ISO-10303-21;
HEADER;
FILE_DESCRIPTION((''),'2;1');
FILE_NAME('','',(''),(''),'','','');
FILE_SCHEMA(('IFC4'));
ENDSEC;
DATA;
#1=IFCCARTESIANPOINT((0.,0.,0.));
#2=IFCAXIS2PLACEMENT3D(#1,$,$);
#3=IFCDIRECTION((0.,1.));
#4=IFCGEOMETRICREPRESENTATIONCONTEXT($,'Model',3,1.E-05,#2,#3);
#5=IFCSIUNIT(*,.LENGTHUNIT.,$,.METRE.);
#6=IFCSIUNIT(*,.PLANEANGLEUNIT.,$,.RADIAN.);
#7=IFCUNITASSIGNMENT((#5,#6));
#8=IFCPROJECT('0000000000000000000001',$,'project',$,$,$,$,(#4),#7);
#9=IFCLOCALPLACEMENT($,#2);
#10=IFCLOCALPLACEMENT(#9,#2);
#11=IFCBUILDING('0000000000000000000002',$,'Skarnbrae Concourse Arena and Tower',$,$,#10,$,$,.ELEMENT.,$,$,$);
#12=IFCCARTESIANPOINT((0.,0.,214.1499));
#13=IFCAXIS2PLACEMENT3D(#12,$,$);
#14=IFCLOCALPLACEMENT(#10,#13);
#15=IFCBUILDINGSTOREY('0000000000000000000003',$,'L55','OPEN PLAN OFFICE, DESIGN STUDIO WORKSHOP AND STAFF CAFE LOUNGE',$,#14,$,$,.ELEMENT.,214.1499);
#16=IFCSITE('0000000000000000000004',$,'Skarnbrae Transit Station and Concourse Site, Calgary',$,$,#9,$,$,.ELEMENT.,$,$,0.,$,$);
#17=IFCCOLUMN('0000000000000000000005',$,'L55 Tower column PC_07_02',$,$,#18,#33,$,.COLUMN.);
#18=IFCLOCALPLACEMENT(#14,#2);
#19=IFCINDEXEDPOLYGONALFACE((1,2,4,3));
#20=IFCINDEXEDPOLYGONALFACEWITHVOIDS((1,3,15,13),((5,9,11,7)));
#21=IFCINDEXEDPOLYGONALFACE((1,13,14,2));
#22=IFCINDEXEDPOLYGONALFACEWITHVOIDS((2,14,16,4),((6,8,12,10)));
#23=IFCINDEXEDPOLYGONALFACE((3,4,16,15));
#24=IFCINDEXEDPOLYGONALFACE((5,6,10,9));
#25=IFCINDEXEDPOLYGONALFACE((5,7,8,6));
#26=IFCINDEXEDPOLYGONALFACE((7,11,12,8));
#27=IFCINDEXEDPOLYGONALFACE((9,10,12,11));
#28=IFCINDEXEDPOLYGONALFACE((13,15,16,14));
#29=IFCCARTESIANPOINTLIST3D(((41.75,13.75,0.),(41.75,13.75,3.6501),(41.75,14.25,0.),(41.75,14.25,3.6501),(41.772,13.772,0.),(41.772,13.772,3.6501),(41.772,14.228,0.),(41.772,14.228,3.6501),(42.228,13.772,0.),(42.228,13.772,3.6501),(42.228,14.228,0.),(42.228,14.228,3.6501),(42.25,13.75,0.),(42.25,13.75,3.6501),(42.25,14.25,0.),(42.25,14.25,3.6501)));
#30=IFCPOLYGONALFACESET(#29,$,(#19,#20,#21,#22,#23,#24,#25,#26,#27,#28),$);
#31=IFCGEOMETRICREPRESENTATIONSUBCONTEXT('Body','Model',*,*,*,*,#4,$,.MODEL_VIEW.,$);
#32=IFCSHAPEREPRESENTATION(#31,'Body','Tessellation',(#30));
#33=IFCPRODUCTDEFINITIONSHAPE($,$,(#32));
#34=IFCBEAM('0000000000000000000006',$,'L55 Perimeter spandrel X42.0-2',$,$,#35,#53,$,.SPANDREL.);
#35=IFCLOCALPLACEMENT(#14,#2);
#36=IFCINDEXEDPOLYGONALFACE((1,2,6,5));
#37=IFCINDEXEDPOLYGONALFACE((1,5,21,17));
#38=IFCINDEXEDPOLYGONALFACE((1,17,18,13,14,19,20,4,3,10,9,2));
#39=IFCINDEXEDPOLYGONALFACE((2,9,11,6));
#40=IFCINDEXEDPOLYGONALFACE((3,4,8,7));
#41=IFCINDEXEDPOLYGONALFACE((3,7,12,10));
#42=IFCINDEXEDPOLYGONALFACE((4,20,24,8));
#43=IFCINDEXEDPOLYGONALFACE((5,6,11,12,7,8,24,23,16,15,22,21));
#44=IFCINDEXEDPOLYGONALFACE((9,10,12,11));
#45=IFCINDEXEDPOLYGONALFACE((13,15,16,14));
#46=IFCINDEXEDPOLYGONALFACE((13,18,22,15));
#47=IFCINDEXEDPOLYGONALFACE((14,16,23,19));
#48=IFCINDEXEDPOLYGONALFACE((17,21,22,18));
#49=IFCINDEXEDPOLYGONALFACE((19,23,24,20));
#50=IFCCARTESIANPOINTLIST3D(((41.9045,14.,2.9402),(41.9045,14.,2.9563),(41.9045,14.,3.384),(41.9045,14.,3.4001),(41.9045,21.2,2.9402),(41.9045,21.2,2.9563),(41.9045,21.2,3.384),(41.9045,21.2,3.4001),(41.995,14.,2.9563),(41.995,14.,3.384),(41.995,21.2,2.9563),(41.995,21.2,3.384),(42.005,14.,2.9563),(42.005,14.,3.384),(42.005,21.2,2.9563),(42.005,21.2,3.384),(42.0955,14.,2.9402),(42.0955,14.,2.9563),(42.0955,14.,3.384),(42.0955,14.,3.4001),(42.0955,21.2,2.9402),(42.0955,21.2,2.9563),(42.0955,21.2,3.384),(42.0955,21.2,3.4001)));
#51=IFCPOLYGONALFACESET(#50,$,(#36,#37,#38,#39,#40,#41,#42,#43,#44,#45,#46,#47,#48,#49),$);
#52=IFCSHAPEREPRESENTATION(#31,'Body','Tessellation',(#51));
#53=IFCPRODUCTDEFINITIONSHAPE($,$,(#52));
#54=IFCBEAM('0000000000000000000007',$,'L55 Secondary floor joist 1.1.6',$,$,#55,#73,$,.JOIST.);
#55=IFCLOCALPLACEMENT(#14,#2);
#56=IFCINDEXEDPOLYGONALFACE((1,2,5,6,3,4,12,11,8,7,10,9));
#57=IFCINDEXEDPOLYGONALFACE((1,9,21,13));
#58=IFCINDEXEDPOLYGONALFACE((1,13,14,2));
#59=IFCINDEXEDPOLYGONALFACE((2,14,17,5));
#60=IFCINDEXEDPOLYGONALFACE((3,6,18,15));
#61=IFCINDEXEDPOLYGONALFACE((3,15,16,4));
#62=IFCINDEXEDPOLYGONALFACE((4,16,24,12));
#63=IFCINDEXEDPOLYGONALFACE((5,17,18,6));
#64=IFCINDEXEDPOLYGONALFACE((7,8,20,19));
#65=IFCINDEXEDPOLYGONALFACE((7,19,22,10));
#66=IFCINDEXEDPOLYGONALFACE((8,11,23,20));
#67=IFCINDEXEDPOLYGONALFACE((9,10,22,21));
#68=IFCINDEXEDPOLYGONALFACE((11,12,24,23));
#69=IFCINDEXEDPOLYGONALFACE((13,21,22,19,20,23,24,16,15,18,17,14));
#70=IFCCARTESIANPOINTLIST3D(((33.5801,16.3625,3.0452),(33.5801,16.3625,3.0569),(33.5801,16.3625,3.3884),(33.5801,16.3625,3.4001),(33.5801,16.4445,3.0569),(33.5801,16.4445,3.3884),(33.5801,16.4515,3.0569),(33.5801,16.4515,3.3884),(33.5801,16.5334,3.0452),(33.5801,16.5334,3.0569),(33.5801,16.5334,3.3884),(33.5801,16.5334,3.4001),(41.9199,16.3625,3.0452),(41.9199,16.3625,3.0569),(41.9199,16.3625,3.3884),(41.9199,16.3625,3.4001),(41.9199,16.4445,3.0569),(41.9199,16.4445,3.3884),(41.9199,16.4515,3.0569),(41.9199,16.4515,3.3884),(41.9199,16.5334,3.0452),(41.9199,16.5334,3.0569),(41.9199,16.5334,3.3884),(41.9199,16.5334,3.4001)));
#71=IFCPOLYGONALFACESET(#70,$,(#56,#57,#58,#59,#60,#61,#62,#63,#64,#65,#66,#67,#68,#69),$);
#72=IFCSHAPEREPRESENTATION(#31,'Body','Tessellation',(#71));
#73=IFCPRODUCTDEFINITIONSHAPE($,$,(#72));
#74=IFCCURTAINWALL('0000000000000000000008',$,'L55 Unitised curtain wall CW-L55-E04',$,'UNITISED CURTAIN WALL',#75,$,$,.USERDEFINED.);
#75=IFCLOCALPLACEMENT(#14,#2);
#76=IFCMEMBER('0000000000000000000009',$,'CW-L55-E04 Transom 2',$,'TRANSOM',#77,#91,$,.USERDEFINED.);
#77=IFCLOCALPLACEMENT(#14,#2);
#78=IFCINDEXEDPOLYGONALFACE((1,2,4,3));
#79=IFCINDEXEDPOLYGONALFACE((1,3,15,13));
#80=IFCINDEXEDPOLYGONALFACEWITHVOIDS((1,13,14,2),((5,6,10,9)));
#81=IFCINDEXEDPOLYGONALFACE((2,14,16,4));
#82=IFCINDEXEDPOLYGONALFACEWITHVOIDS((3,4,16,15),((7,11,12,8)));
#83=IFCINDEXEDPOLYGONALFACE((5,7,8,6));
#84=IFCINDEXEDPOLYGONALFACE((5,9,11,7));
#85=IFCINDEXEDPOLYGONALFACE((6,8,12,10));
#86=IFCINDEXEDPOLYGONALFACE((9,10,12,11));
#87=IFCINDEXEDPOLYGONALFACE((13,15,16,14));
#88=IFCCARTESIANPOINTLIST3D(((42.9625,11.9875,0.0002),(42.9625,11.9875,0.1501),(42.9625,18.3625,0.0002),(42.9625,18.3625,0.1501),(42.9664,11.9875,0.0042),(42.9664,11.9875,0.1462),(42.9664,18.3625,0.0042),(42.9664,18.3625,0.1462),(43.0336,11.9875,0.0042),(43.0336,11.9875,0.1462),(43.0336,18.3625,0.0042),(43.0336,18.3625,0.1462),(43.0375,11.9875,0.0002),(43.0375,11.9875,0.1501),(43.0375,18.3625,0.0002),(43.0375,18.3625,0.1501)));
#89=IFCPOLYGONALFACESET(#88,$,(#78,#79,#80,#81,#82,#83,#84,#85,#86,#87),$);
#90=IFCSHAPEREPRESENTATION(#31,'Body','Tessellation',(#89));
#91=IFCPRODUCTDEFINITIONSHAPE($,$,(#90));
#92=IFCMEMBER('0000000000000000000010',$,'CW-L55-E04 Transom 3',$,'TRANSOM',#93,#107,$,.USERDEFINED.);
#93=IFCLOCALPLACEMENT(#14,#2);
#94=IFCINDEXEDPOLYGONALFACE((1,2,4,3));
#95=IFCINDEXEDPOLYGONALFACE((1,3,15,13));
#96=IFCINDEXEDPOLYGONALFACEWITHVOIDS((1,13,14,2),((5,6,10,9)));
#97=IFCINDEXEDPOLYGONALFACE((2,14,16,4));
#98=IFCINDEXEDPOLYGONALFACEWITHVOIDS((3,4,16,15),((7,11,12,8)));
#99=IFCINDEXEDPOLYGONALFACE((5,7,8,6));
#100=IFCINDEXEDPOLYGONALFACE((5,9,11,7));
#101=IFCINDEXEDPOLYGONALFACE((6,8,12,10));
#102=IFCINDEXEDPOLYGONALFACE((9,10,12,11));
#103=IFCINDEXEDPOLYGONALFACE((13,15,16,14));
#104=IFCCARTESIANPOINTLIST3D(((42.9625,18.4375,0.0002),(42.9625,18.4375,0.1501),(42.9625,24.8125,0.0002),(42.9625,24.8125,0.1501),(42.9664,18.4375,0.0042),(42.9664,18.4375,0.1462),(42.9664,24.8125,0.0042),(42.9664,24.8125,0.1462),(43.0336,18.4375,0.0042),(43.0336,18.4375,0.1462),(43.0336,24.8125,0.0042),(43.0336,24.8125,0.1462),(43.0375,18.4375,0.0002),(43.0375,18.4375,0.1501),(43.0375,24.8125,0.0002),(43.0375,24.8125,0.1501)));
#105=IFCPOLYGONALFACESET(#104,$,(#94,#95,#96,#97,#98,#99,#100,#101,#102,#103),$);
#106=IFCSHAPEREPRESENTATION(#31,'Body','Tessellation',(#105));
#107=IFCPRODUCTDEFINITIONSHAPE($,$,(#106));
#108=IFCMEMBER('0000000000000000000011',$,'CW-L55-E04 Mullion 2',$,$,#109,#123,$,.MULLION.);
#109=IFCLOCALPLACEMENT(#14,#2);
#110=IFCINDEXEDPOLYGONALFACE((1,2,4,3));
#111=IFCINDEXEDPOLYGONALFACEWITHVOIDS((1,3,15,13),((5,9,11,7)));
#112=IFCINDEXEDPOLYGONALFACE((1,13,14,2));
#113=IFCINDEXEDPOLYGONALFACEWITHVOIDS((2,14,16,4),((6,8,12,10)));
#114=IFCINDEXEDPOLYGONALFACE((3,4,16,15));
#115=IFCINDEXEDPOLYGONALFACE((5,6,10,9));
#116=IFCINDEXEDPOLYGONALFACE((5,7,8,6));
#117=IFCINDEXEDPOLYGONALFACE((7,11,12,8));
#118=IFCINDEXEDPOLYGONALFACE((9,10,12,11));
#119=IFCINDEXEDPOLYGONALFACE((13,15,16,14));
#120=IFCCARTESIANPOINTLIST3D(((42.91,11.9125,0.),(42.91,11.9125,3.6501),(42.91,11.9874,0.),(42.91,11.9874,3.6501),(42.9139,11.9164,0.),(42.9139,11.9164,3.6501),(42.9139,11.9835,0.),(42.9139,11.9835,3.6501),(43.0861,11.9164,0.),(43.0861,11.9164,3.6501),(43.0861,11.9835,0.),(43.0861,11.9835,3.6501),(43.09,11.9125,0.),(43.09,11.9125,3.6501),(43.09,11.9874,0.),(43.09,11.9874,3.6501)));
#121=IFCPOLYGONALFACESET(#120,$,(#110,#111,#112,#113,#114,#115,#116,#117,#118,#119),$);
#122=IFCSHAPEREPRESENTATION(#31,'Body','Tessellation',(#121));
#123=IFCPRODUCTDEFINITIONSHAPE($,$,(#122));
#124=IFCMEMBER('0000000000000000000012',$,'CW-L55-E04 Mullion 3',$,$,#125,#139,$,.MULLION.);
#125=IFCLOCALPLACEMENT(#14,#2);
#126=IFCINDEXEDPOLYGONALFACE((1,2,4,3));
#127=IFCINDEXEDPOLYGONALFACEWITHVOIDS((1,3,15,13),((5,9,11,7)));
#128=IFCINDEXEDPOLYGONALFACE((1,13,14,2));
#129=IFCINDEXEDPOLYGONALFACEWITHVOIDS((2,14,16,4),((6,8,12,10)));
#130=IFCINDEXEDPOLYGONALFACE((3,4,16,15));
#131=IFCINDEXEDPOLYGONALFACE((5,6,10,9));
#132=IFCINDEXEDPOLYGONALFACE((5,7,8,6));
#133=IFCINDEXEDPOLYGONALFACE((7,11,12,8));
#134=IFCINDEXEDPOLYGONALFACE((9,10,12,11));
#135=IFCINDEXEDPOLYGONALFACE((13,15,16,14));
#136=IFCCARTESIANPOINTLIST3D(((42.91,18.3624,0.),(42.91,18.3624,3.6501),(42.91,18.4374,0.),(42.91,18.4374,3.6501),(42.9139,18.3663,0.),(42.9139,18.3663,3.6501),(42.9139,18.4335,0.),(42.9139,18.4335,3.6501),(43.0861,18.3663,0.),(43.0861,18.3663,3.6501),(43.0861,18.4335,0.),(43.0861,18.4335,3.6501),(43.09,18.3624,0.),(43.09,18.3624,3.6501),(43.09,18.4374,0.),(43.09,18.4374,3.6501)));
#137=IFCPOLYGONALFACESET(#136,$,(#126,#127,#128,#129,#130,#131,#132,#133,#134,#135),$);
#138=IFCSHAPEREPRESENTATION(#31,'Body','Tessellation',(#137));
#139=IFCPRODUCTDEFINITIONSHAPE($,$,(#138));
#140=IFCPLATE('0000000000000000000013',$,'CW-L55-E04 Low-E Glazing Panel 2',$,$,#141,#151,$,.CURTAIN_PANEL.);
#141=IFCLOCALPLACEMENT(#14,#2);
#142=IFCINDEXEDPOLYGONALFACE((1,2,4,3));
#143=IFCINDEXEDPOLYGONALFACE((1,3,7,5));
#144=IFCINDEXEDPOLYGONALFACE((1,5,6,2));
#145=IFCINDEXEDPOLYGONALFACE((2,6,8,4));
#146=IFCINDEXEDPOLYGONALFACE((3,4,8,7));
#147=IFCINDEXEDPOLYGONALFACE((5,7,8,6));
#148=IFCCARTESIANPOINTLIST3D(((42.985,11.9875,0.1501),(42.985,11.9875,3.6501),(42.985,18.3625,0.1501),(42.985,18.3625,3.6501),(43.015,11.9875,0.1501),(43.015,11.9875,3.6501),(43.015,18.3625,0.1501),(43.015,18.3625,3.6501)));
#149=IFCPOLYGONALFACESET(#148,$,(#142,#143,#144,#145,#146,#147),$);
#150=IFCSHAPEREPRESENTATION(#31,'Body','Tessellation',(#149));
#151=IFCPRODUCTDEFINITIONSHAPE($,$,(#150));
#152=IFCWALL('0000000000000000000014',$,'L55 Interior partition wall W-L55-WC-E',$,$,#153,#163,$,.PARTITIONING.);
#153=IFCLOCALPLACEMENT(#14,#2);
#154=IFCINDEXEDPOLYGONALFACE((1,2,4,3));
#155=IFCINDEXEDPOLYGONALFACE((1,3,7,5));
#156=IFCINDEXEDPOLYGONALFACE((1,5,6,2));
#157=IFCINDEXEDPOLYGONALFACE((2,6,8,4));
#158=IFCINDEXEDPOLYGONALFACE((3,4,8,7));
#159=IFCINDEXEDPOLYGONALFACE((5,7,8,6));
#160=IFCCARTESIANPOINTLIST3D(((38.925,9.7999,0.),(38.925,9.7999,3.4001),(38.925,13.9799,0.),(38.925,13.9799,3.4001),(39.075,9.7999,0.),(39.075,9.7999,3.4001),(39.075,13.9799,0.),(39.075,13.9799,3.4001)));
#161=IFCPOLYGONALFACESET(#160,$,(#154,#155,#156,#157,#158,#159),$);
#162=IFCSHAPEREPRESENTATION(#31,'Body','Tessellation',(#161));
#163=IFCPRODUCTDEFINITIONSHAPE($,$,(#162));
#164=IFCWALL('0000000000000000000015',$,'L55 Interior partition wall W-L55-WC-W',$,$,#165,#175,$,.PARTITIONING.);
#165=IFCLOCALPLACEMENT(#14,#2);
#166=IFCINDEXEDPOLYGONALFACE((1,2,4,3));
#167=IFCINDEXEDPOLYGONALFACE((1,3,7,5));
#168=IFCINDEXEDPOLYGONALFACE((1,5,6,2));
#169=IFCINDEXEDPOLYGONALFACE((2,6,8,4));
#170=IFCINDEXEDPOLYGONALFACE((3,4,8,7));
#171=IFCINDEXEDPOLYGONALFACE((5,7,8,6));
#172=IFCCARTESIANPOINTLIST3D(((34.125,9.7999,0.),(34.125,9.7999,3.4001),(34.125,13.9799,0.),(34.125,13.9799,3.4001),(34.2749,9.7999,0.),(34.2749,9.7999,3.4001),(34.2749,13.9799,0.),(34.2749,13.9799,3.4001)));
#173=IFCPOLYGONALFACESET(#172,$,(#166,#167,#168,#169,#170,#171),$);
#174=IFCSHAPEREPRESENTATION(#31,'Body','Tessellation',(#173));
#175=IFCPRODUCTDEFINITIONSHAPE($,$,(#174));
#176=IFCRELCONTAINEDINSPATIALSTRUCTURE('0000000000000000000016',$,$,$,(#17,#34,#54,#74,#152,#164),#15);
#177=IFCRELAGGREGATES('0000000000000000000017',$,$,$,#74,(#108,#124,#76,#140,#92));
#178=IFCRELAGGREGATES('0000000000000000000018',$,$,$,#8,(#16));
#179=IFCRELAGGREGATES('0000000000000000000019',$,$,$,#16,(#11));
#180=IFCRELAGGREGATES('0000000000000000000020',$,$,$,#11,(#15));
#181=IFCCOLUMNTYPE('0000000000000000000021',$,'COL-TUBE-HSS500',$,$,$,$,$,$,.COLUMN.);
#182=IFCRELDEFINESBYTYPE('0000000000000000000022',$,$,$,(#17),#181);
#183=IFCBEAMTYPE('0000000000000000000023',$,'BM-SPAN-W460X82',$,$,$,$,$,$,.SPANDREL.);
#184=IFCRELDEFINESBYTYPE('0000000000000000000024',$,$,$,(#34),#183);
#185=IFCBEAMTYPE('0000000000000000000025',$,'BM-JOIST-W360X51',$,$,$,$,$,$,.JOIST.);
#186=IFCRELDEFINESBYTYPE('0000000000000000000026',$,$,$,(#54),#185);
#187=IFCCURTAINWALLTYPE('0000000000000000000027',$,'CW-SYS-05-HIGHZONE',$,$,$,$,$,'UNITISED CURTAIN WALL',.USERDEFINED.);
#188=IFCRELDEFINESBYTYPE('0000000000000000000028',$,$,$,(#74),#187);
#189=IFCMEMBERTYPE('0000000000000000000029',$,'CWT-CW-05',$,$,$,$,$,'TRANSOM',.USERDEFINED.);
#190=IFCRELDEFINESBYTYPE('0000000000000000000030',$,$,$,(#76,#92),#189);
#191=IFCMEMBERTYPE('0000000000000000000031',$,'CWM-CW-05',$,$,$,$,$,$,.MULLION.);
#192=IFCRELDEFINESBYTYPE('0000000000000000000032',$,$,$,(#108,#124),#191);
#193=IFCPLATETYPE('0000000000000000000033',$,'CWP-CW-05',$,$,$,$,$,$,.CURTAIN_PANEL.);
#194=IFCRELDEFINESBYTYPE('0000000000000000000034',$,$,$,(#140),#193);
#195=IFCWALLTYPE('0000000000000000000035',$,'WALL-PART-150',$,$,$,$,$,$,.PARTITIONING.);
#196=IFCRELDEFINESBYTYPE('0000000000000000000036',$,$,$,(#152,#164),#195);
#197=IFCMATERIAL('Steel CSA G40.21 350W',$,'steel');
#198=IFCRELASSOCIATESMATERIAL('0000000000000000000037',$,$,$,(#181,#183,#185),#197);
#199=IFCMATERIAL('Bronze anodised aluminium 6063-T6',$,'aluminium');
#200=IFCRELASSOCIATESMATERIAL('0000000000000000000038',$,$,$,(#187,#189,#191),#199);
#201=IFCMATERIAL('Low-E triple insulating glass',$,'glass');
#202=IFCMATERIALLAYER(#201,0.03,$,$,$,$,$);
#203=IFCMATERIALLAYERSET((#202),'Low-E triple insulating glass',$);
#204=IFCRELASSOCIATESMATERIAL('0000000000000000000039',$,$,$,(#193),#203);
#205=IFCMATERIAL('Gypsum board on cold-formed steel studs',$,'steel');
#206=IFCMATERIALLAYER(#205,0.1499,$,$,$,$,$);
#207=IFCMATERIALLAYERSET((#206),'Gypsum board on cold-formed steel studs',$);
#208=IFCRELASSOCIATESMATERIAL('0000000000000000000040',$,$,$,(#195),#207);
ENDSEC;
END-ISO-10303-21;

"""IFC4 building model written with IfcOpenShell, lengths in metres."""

from ifc_helpers import new_model, si_unit, direction, frame, frame_2d, origin, origin_2d, place, context, subcontext, project, spatial, rectangle, hollow_rectangle, i_section, extrude, source, transform, mapped, material, layer, layer_set, material_profile, profile_set, type_object, element, aggregate, save


model = new_model("IFC4")

# Units and contexts
model_context = context("Model", 3, precision=1e-05, world=origin(), true_north=direction((0.0, 1.0)))
body_context = subcontext(model_context, "Body", "Model", "MODEL_VIEW")
ifc_project = project(units=[si_unit("LENGTHUNIT", "METRE"), si_unit("PLANEANGLEUNIT", "RADIAN")], contexts=[model_context])

# Site, building, storey
site_placement = place(None, origin())
site = spatial("IfcSite", under=ifc_project, at=site_placement, Name="Skarnbrae Transit Station and Concourse Site, Calgary", CompositionType="ELEMENT", RefElevation=0.0)
building_placement = place(site_placement, origin())
building = spatial("IfcBuilding", under=site, at=building_placement, Name="Skarnbrae Concourse Arena and Tower", CompositionType="ELEMENT")
storey_placement = place(building_placement, frame((0.0, 0.0, 214.1499)))
storey = spatial("IfcBuildingStorey", under=building, at=storey_placement, Name="L55", Description="OPEN PLAN OFFICE, DESIGN STUDIO WORKSHOP AND STAFF CAFE LOUNGE", CompositionType="ELEMENT", Elevation=214.1499)

# Column
ifc_material_1 = material(Name="Steel CSA G40.21 350W", Category="steel")
ifc_material_profile_1 = material_profile(ifc_material_1, hollow_rectangle(XDim=0.5, YDim=0.5, WallThickness=0.022, at=origin_2d()), Name="HSS500X500X22.0")
ifc_profile_set_1 = profile_set([ifc_material_profile_1], Name="Steel CSA G40.21 350W")
column_type = type_object("IfcColumnType", Name="COL-TUBE-HSS500", PredefinedType="COLUMN", material=ifc_profile_set_1)
shared_shape_1 = source(origin(), body_context, "Body", "SweptSolid", [
    extrude(hollow_rectangle(XDim=0.5, YDim=0.5, WallThickness=0.022, at=origin_2d()), origin(), (0.0, 0.0, 1.0), 3.6501),
])
column_placement = place(storey_placement, frame((42.0, 14.0, 0.0), z_axis=(0.0, 0.0, 1.0), x_axis=(1.0, 0.0, 0.0)))
element("IfcColumn", 1, at=column_placement, inside=storey, type_object=column_type, Name="L55 Tower column PC_07_02", PredefinedType="COLUMN", context=body_context, shape_type="MappedRepresentation", body=[
    mapped(shared_shape_1, transform((0.0, 0.0, 0.0))),
])

# Beams
ifc_material_profile_2 = material_profile(ifc_material_1, i_section(OverallWidth=0.1909, OverallDepth=0.46, WebThickness=0.01, FlangeThickness=0.0161, at=origin_2d()), Name="W460X82")
ifc_profile_set_2 = profile_set([ifc_material_profile_2], Name="Steel CSA G40.21 350W")
beam_type_1 = type_object("IfcBeamType", Name="BM-SPAN-W460X82", PredefinedType="SPANDREL", material=ifc_profile_set_2)
shared_shape_2 = source(origin(), body_context, "Body", "SweptSolid", [
    extrude(i_section(OverallWidth=0.1909, OverallDepth=0.46, WebThickness=0.01, FlangeThickness=0.0161, at=origin_2d()), origin(), (0.0, 0.0, 1.0), 7.2),
])
beam_1_placement = place(storey_placement, frame((42.0, 14.0, 3.1702), z_axis=(0.0, 1.0, 0.0), x_axis=(-1.0, 0.0, 0.0)))
element("IfcBeam", 2, at=beam_1_placement, inside=storey, type_object=beam_type_1, Name="L55 Perimeter spandrel X42.0-2", PredefinedType="SPANDREL", context=body_context, shape_type="MappedRepresentation", body=[
    mapped(shared_shape_2, transform((0.0, 0.0, 0.0))),
])
ifc_material_profile_3 = material_profile(ifc_material_1, i_section(OverallWidth=0.1709, OverallDepth=0.355, WebThickness=0.0071, FlangeThickness=0.0117, at=origin_2d()), Name="W360X51")
ifc_profile_set_3 = profile_set([ifc_material_profile_3], Name="Steel CSA G40.21 350W")
beam_type_2 = type_object("IfcBeamType", Name="BM-JOIST-W360X51", PredefinedType="JOIST", material=ifc_profile_set_3)
shared_shape_3 = source(origin(), body_context, "Body", "SweptSolid", [
    extrude(i_section(OverallWidth=0.1709, OverallDepth=0.355, WebThickness=0.0071, FlangeThickness=0.0117, at=origin_2d()), origin(), (0.0, 0.0, 1.0), 8.3398),
])
beam_2_placement = place(storey_placement, frame((33.5801, 16.448, 3.2227), z_axis=(1.0, 0.0, 0.0), x_axis=(0.0, 1.0, 0.0)))
element("IfcBeam", 3, at=beam_2_placement, inside=storey, type_object=beam_type_2, Name="L55 Secondary floor joist 1.1.6", PredefinedType="JOIST", context=body_context, shape_type="MappedRepresentation", body=[
    mapped(shared_shape_3, transform((0.0, 0.0, 0.0))),
])

# Curtain wall, members, plate
ifc_material_2 = material(Name="Bronze anodised aluminium 6063-T6", Category="aluminium")
curtain_wall_type = type_object("IfcCurtainWallType", Name="CW-SYS-05-HIGHZONE", ElementType="UNITISED CURTAIN WALL", PredefinedType="USERDEFINED", material=ifc_material_2)
curtain_wall_placement = place(storey_placement, origin())
curtain_wall = element("IfcCurtainWall", 4, at=curtain_wall_placement, inside=storey, type_object=curtain_wall_type, Name="L55 Unitised curtain wall CW-L55-E04", ObjectType="UNITISED CURTAIN WALL", PredefinedType="USERDEFINED")
ifc_material_profile_4 = material_profile(ifc_material_2, hollow_rectangle(XDim=0.075, YDim=0.1499, WallThickness=0.0039, at=origin_2d()), Name="ALU-TRAN-75X150")
ifc_profile_set_4 = profile_set([ifc_material_profile_4], Name="Bronze anodised aluminium 6063-T6")
member_type_1 = type_object("IfcMemberType", Name="CWT-CW-05", ElementType="TRANSOM", PredefinedType="USERDEFINED", material=ifc_profile_set_4)
shared_shape_4 = source(origin(), body_context, "Body", "SweptSolid", [
    extrude(hollow_rectangle(XDim=0.075, YDim=0.1499, WallThickness=0.0039, at=origin_2d()), origin(), (0.0, 0.0, 1.0), 6.375),
])
member_1_placement = place(storey_placement, frame((43.0, 11.9875, 0.0752), z_axis=(0.0, 1.0, 0.0), x_axis=(-1.0, 0.0, 0.0)))
member_1 = element("IfcMember", 5, at=member_1_placement, type_object=member_type_1, Name="CW-L55-E04 Transom 2", ObjectType="TRANSOM", PredefinedType="USERDEFINED", context=body_context, shape_type="MappedRepresentation", body=[
    mapped(shared_shape_4, transform((0.0, 0.0, 0.0))),
])
member_2_placement = place(storey_placement, frame((43.0, 18.4375, 0.0752), z_axis=(0.0, 1.0, 0.0), x_axis=(-1.0, 0.0, 0.0)))
member_2 = element("IfcMember", 6, at=member_2_placement, type_object=member_type_1, Name="CW-L55-E04 Transom 3", ObjectType="TRANSOM", PredefinedType="USERDEFINED", context=body_context, shape_type="MappedRepresentation", body=[
    mapped(shared_shape_4, transform((0.0, 0.0, 0.0))),
])
ifc_material_profile_5 = material_profile(ifc_material_2, hollow_rectangle(XDim=0.075, YDim=0.1799, WallThickness=0.0039, at=origin_2d()), Name="ALU-MULL-75X180")
ifc_profile_set_5 = profile_set([ifc_material_profile_5], Name="Bronze anodised aluminium 6063-T6")
member_type_2 = type_object("IfcMemberType", Name="CWM-CW-05", PredefinedType="MULLION", material=ifc_profile_set_5)
shared_shape_5 = source(origin(), body_context, "Body", "SweptSolid", [
    extrude(hollow_rectangle(XDim=0.075, YDim=0.1799, WallThickness=0.0039, at=origin_2d()), origin(), (0.0, 0.0, 1.0), 3.6501),
])
member_3_placement = place(storey_placement, frame((43.0, 11.95, 0.0), z_axis=(0.0, 0.0, 1.0), x_axis=(0.0, 1.0, 0.0)))
member_3 = element("IfcMember", 7, at=member_3_placement, type_object=member_type_2, Name="CW-L55-E04 Mullion 2", PredefinedType="MULLION", context=body_context, shape_type="MappedRepresentation", body=[
    mapped(shared_shape_5, transform((0.0, 0.0, 0.0))),
])
member_4_placement = place(storey_placement, frame((43.0, 18.3999, 0.0), z_axis=(0.0, 0.0, 1.0), x_axis=(0.0, 1.0, 0.0)))
member_4 = element("IfcMember", 8, at=member_4_placement, type_object=member_type_2, Name="CW-L55-E04 Mullion 3", PredefinedType="MULLION", context=body_context, shape_type="MappedRepresentation", body=[
    mapped(shared_shape_5, transform((0.0, 0.0, 0.0))),
])
ifc_material_3 = material(Name="Low-E triple insulating glass", Category="glass")
ifc_layer_1 = layer(ifc_material_3, 0.03)
ifc_layer_set_1 = layer_set([ifc_layer_1], Name="Low-E triple insulating glass")
plate_type = type_object("IfcPlateType", Name="CWP-CW-05", PredefinedType="CURTAIN_PANEL", material=ifc_layer_set_1)
shared_shape_6 = source(origin(), body_context, "Body", "SweptSolid", [
    extrude(rectangle(XDim=6.375, YDim=0.03, at=origin_2d()), origin(), (0.0, 0.0, 1.0), 3.5),
])
plate_placement = place(storey_placement, frame((43.0, 15.175, 0.1501), z_axis=(0.0, 0.0, 1.0), x_axis=(0.0, 1.0, 0.0)))
plate = element("IfcPlate", 9, at=plate_placement, type_object=plate_type, Name="CW-L55-E04 Low-E Glazing Panel 2", PredefinedType="CURTAIN_PANEL", context=body_context, shape_type="MappedRepresentation", body=[
    mapped(shared_shape_6, transform((0.0, 0.0, 0.0))),
])
aggregate(curtain_wall, [member_3, member_4, member_1, plate, member_2])

# Walls
ifc_material_4 = material(Name="Gypsum board on cold-formed steel studs", Category="steel")
ifc_layer_2 = layer(ifc_material_4, 0.1499)
ifc_layer_set_2 = layer_set([ifc_layer_2], Name="Gypsum board on cold-formed steel studs")
wall_type_1 = type_object("IfcWallType", Name="WALL-PART-150", PredefinedType="PARTITIONING", material=ifc_layer_set_2)
shared_shape_7 = source(origin(), body_context, "Body", "SweptSolid", [
    extrude(rectangle(XDim=4.1799, YDim=0.1499, at=frame_2d((2.0898, 0.0))), origin(), (0.0, 0.0, 1.0), 3.4001),
])
for number, where, z_axis, x_axis, name in (
    (10, (39.0, 9.8, 0.0), (0.0, 0.0, 1.0), (0.0, 1.0, 0.0), "L55 Interior partition wall W-L55-WC-E"),
    (11, (34.2, 9.8, 0.0), (0.0, 0.0, 1.0), (0.0, 1.0, 0.0), "L55 Interior partition wall W-L55-WC-W"),
):
    element("IfcWall", number, at=place(storey_placement, frame(where, z_axis=z_axis, x_axis=x_axis)), inside=storey, type_object=wall_type_1, Name=name, PredefinedType="PARTITIONING", context=body_context, shape_type="MappedRepresentation", body=[
        mapped(shared_shape_7, transform((0.0, 0.0, 0.0))),
    ])

save(model, "model.ifc")
